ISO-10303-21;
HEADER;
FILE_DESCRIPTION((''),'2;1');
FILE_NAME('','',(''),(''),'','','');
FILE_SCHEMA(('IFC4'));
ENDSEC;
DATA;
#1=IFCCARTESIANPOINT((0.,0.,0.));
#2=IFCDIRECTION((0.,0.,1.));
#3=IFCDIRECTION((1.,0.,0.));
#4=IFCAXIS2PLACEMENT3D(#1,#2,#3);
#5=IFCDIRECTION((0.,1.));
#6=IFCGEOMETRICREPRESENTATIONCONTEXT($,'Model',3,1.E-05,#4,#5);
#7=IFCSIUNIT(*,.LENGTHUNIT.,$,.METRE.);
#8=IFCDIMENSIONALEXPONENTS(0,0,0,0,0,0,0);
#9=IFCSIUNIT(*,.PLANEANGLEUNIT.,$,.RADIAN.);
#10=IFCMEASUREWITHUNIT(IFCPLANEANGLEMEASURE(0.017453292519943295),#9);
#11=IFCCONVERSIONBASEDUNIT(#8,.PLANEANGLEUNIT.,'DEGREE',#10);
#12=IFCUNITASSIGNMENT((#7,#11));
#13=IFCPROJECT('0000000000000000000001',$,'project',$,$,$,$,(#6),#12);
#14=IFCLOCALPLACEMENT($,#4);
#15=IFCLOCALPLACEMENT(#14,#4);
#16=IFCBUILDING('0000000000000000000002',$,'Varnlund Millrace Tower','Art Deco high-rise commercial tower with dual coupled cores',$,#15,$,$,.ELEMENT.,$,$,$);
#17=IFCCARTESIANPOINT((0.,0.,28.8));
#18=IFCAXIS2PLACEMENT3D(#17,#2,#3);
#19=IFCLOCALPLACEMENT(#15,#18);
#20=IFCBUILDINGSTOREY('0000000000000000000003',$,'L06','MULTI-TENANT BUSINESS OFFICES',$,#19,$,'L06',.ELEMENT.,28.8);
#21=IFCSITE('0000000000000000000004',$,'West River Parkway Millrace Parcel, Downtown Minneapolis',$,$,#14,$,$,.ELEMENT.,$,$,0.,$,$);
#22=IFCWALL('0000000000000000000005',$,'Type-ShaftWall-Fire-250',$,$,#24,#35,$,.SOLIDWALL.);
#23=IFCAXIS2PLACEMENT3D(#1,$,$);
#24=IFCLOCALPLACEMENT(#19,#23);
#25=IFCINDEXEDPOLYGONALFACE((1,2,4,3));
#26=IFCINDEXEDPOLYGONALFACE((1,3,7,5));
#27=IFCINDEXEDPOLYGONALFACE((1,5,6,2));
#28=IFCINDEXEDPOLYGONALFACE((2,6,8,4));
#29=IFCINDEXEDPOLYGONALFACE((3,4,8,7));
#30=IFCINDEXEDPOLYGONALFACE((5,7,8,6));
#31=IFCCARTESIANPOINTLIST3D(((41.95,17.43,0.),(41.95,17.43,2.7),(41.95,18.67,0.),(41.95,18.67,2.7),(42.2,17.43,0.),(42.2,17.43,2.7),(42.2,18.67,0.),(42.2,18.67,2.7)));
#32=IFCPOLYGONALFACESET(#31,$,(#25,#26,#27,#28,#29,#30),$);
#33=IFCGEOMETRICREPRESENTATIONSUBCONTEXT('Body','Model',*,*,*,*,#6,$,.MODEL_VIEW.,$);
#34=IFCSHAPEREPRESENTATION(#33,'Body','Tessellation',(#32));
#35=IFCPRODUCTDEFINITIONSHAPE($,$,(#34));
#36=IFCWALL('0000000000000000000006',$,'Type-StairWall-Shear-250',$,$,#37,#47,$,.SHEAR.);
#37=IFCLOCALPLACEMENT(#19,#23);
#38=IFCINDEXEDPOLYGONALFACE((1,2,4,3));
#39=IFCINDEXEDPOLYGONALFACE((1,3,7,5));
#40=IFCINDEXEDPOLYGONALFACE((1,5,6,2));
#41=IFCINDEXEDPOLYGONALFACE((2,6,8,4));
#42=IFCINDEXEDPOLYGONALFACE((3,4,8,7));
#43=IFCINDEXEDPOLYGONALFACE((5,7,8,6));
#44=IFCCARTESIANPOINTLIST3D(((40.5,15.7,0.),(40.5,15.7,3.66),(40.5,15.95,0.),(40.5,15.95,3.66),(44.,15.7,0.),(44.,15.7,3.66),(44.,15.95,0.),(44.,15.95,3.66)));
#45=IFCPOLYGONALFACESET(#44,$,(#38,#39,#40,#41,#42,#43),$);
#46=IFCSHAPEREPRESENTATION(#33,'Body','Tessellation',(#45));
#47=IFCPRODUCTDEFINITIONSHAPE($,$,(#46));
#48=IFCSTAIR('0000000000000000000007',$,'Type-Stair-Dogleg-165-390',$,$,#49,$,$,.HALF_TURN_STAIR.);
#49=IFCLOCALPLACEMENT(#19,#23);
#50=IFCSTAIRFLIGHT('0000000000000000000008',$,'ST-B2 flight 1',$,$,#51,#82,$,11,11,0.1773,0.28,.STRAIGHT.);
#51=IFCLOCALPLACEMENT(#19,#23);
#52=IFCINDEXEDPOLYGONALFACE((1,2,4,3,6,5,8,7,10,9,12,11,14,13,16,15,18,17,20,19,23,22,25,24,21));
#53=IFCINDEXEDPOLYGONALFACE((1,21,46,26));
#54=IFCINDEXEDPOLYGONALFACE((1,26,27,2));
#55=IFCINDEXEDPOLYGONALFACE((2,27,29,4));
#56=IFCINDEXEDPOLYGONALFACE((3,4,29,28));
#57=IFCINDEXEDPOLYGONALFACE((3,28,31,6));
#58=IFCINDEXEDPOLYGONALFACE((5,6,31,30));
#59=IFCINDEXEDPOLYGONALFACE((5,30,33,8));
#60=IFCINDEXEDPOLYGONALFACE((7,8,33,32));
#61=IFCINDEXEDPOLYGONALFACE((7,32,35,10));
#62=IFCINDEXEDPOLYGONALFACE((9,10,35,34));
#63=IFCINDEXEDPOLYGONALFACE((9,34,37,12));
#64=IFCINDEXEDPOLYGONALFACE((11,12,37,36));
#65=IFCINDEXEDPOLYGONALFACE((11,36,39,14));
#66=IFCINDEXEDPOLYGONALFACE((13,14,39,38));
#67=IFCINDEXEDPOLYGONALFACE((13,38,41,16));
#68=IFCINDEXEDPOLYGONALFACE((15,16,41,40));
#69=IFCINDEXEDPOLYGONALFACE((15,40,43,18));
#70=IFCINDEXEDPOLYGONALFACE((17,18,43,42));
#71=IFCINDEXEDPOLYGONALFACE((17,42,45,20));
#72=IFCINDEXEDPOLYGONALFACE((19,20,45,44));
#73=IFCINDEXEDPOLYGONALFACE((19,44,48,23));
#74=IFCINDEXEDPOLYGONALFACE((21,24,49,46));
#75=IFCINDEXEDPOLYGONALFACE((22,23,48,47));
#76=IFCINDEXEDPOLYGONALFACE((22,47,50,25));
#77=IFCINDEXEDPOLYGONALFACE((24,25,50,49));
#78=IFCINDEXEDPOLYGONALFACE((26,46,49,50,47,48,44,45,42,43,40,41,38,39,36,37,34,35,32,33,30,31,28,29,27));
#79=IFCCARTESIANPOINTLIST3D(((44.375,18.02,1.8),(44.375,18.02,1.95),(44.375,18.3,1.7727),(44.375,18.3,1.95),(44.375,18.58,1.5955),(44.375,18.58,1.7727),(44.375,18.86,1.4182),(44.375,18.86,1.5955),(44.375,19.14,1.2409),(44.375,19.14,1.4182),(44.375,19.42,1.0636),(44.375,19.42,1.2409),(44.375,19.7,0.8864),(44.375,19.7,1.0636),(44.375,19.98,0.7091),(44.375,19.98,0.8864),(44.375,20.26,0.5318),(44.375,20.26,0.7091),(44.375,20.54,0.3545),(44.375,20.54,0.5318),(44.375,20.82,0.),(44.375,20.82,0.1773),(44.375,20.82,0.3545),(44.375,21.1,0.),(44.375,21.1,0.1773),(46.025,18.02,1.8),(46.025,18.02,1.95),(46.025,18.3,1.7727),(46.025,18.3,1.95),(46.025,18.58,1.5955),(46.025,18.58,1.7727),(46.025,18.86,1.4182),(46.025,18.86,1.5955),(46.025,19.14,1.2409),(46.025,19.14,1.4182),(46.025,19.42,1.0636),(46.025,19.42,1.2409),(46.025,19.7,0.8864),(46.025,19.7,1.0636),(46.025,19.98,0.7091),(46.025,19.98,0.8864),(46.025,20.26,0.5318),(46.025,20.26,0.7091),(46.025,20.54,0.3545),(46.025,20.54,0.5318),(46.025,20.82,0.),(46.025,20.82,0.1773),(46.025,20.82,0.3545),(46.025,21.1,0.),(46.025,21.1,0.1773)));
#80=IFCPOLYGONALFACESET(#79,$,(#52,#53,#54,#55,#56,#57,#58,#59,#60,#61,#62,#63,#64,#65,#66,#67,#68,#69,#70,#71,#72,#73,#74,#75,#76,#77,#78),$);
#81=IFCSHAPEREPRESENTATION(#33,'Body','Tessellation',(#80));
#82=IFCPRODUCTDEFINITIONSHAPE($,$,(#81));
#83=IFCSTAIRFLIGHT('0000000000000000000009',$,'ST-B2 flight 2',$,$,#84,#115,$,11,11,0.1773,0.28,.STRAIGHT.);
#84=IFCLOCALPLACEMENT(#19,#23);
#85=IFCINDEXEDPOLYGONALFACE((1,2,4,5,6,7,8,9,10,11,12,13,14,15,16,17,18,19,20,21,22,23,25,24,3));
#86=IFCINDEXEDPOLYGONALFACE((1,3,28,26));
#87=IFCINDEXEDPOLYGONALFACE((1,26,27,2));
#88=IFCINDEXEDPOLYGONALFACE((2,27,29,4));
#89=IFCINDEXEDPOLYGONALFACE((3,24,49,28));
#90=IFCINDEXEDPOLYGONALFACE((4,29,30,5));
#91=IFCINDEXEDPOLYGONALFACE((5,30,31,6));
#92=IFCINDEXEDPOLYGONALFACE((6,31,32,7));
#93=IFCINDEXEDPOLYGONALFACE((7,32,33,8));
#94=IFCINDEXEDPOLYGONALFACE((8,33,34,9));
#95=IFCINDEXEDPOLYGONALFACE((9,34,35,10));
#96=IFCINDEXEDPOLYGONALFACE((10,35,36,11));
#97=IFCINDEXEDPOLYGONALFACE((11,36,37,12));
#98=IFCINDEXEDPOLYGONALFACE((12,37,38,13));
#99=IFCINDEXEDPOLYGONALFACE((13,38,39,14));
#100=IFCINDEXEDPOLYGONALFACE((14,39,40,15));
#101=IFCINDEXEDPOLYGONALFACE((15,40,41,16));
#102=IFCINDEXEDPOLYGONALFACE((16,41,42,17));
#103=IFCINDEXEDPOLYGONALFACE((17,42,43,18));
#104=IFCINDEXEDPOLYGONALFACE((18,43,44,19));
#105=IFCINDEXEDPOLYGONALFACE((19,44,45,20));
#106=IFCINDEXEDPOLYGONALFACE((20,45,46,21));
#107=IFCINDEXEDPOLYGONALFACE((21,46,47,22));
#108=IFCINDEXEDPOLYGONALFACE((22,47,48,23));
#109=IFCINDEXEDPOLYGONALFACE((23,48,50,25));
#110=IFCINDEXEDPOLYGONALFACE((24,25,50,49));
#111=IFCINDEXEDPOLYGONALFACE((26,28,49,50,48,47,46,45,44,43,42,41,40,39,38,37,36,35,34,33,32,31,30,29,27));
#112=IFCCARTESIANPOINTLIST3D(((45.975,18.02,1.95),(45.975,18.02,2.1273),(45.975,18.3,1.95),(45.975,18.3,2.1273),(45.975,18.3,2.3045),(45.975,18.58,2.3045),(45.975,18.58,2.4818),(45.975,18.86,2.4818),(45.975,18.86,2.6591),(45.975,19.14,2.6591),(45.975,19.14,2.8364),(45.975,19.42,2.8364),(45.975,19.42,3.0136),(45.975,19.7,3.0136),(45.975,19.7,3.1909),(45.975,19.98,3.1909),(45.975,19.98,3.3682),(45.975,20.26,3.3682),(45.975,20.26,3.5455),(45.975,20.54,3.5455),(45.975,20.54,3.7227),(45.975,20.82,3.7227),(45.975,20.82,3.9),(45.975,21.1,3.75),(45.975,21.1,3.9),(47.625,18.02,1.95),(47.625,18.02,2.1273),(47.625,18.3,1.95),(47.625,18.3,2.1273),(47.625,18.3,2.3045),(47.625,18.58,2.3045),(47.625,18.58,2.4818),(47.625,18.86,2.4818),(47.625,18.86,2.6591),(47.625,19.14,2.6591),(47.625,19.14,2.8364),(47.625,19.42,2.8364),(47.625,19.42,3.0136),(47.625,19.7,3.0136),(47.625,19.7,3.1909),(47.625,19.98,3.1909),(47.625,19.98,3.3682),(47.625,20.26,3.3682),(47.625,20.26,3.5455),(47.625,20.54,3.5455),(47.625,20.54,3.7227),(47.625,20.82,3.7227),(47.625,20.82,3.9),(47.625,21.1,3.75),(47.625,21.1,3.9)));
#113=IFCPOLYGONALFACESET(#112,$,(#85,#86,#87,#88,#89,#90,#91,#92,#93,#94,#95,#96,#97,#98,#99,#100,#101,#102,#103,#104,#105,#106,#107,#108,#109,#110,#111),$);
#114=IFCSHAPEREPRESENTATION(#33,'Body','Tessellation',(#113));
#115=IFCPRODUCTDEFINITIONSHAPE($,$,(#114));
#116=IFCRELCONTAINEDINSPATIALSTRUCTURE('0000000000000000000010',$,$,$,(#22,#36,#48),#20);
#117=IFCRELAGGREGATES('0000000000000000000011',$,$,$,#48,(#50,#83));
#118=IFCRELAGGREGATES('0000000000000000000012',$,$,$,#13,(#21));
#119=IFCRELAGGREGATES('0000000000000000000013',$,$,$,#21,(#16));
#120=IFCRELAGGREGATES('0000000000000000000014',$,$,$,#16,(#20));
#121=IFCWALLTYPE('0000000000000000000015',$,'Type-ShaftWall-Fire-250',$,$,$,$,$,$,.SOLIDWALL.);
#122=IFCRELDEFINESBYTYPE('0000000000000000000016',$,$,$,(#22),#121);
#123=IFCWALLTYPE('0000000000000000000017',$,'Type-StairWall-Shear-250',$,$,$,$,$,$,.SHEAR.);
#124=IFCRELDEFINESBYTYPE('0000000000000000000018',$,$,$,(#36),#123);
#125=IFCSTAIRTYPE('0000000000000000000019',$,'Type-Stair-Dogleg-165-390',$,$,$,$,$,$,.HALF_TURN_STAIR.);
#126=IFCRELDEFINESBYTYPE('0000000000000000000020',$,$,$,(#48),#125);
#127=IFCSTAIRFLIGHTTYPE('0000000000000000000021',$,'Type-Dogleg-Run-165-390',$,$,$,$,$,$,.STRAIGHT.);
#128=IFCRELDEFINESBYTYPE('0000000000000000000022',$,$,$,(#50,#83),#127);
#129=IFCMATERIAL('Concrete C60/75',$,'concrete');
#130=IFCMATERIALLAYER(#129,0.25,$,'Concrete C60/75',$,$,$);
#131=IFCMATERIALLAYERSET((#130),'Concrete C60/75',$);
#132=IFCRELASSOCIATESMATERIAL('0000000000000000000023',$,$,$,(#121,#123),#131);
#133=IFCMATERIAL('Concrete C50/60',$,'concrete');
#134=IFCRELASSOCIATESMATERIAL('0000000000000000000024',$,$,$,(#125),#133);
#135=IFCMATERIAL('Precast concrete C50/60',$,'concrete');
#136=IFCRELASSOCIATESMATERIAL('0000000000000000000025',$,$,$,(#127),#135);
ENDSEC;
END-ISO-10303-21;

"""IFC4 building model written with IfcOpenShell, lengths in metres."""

from ifc_helpers import new_model, entity, si_unit, converted_unit, direction, frame, origin_with_axes, place, context, subcontext, project, spatial, polyline, outline, extrude, material, layer, layer_set, type_object, element, aggregate, save


model = new_model("IFC4")

# Units and contexts
model_context = context("Model", 3, precision=1e-05, world=origin_with_axes(), true_north=direction((0.0, 1.0)))
body_context = subcontext(model_context, "Body", "Model", "MODEL_VIEW")
ifc_project = project(units=[si_unit("LENGTHUNIT", "METRE"), converted_unit("PLANEANGLEUNIT", "DEGREE", entity("IfcPlaneAngleMeasure", 0.017453292519943295), si_unit("PLANEANGLEUNIT", "RADIAN"), dimensions=[0, 0, 0, 0, 0, 0, 0])], contexts=[model_context])

# Site, building, storey
site_placement = place(None, origin_with_axes())
site = spatial("IfcSite", under=ifc_project, at=site_placement, Name="West River Parkway Millrace Parcel, Downtown Minneapolis", CompositionType="ELEMENT", RefElevation=0.0)
building_placement = place(site_placement, origin_with_axes())
building = spatial("IfcBuilding", under=site, at=building_placement, Name="Varnlund Millrace Tower", Description="Art Deco high-rise commercial tower with dual coupled cores", CompositionType="ELEMENT")
storey_placement = place(building_placement, frame((0.0, 0.0, 28.8), z_axis=(0.0, 0.0, 1.0), x_axis=(1.0, 0.0, 0.0)))
storey = spatial("IfcBuildingStorey", under=building, at=storey_placement, Name="L06", Description="MULTI-TENANT BUSINESS OFFICES", LongName="L06", CompositionType="ELEMENT", Elevation=28.8)

# Shared definitions
ifc_material_1 = material(Name="Precast concrete C50/60", Category="concrete")

# Shared definitions
ifc_material_2 = material(Name="Concrete C60/75", Category="concrete")
ifc_layer_1 = layer(ifc_material_2, 0.25, Name="Concrete C60/75")
ifc_layer_set_1 = layer_set([ifc_layer_1], Name="Concrete C60/75")
wall_type_1 = type_object("IfcWallType", Name="Type-ShaftWall-Fire-250", PredefinedType="SOLIDWALL", material=ifc_layer_set_1)

# Walls
wall_1_placement = place(storey_placement, frame((42.075, 17.43, 0.0), z_axis=(0.0, 0.0, 1.0), x_axis=(0.0, 1.0, 0.0)))
element("IfcWall", 1, at=wall_1_placement, inside=storey, type_object=wall_type_1, Name="Type-ShaftWall-Fire-250", PredefinedType="SOLIDWALL", context=body_context, shape_type="SweptSolid", body=[
    extrude(outline(polyline([(0.0, -0.125), (1.24, -0.125), (1.24, 0.125), (0.0, 0.125), (0.0, -0.125)])), origin_with_axes(), (0.0, 0.0, 1.0), 2.7),
])
wall_type_2 = type_object("IfcWallType", Name="Type-StairWall-Shear-250", PredefinedType="SHEAR", material=ifc_layer_set_1)
wall_2_placement = place(storey_placement, frame((40.5, 15.825, 0.0), z_axis=(0.0, 0.0, 1.0), x_axis=(1.0, 0.0, 0.0)))
element("IfcWall", 2, at=wall_2_placement, inside=storey, type_object=wall_type_2, Name="Type-StairWall-Shear-250", PredefinedType="SHEAR", context=body_context, shape_type="SweptSolid", body=[
    extrude(outline(polyline([(0.0, -0.125), (3.5, -0.125), (3.5, 0.125), (0.0, 0.125), (0.0, -0.125)])), origin_with_axes(), (0.0, 0.0, 1.0), 3.66),
])

# Stair, stair flights
ifc_material_3 = material(Name="Concrete C50/60", Category="concrete")
stair_type = type_object("IfcStairType", Name="Type-Stair-Dogleg-165-390", PredefinedType="HALF_TURN_STAIR", material=ifc_material_3)
stair_placement = place(storey_placement, origin_with_axes())
stair = element("IfcStair", 3, at=stair_placement, inside=storey, type_object=stair_type, Name="Type-Stair-Dogleg-165-390", PredefinedType="HALF_TURN_STAIR")
stair_flight_type = type_object("IfcStairFlightType", Name="Type-Dogleg-Run-165-390", PredefinedType="STRAIGHT", material=ifc_material_1)
stair_flight_1_placement = place(storey_placement, frame((46.025, 21.1, 0.0), z_axis=(-1.0, 0.0, 0.0), x_axis=(0.0, -1.0, 0.0)))
stair_flight_1 = element("IfcStairFlight", 4, at=stair_flight_1_placement, type_object=stair_flight_type, Name="ST-B2 flight 1", NumberOfRisers=11, NumberOfTreads=11, PredefinedType="STRAIGHT", RiserHeight=0.1773, TreadLength=0.28, context=body_context, shape_type="SweptSolid", body=[
    extrude(outline(polyline([(0.0, 0.0), (0.0, 0.1773), (0.28, 0.1773), (0.28, 0.3545), (0.56, 0.3545), (0.56, 0.5318), (0.84, 0.5318), (0.84, 0.7091), (1.12, 0.7091), (1.12, 0.8864), (1.4, 0.8864), (1.4, 1.0636), (1.68, 1.0636), (1.68, 1.2409), (1.96, 1.2409), (1.96, 1.4182), (2.24, 1.4182), (2.24, 1.5955), (2.52, 1.5955), (2.52, 1.7727), (2.8, 1.7727), (2.8, 1.95), (3.08, 1.95), (3.08, 1.8), (0.28, 0.0), (0.0, 0.0)])), origin_with_axes(), (0.0, 0.0, 1.0), 1.65),
])
stair_flight_2_placement = place(storey_placement, frame((45.975, 18.02, 1.95), z_axis=(1.0, 0.0, 0.0), x_axis=(0.0, 1.0, 0.0)))
stair_flight_2 = element("IfcStairFlight", 5, at=stair_flight_2_placement, type_object=stair_flight_type, Name="ST-B2 flight 2", NumberOfRisers=11, NumberOfTreads=11, PredefinedType="STRAIGHT", RiserHeight=0.1773, TreadLength=0.28, context=body_context, shape_type="SweptSolid", body=[
    extrude(outline(polyline([(0.0, 0.0), (0.0, 0.1773), (0.28, 0.1773), (0.28, 0.3545), (0.56, 0.3545), (0.56, 0.5318), (0.84, 0.5318), (0.84, 0.7091), (1.12, 0.7091), (1.12, 0.8864), (1.4, 0.8864), (1.4, 1.0636), (1.68, 1.0636), (1.68, 1.2409), (1.96, 1.2409), (1.96, 1.4182), (2.24, 1.4182), (2.24, 1.5955), (2.52, 1.5955), (2.52, 1.7727), (2.8, 1.7727), (2.8, 1.95), (3.08, 1.95), (3.08, 1.8), (0.28, 0.0), (0.0, 0.0)])), origin_with_axes(), (0.0, 0.0, 1.0), 1.65),
])
aggregate(stair, [stair_flight_1, stair_flight_2])

save(model, "model.ifc")
